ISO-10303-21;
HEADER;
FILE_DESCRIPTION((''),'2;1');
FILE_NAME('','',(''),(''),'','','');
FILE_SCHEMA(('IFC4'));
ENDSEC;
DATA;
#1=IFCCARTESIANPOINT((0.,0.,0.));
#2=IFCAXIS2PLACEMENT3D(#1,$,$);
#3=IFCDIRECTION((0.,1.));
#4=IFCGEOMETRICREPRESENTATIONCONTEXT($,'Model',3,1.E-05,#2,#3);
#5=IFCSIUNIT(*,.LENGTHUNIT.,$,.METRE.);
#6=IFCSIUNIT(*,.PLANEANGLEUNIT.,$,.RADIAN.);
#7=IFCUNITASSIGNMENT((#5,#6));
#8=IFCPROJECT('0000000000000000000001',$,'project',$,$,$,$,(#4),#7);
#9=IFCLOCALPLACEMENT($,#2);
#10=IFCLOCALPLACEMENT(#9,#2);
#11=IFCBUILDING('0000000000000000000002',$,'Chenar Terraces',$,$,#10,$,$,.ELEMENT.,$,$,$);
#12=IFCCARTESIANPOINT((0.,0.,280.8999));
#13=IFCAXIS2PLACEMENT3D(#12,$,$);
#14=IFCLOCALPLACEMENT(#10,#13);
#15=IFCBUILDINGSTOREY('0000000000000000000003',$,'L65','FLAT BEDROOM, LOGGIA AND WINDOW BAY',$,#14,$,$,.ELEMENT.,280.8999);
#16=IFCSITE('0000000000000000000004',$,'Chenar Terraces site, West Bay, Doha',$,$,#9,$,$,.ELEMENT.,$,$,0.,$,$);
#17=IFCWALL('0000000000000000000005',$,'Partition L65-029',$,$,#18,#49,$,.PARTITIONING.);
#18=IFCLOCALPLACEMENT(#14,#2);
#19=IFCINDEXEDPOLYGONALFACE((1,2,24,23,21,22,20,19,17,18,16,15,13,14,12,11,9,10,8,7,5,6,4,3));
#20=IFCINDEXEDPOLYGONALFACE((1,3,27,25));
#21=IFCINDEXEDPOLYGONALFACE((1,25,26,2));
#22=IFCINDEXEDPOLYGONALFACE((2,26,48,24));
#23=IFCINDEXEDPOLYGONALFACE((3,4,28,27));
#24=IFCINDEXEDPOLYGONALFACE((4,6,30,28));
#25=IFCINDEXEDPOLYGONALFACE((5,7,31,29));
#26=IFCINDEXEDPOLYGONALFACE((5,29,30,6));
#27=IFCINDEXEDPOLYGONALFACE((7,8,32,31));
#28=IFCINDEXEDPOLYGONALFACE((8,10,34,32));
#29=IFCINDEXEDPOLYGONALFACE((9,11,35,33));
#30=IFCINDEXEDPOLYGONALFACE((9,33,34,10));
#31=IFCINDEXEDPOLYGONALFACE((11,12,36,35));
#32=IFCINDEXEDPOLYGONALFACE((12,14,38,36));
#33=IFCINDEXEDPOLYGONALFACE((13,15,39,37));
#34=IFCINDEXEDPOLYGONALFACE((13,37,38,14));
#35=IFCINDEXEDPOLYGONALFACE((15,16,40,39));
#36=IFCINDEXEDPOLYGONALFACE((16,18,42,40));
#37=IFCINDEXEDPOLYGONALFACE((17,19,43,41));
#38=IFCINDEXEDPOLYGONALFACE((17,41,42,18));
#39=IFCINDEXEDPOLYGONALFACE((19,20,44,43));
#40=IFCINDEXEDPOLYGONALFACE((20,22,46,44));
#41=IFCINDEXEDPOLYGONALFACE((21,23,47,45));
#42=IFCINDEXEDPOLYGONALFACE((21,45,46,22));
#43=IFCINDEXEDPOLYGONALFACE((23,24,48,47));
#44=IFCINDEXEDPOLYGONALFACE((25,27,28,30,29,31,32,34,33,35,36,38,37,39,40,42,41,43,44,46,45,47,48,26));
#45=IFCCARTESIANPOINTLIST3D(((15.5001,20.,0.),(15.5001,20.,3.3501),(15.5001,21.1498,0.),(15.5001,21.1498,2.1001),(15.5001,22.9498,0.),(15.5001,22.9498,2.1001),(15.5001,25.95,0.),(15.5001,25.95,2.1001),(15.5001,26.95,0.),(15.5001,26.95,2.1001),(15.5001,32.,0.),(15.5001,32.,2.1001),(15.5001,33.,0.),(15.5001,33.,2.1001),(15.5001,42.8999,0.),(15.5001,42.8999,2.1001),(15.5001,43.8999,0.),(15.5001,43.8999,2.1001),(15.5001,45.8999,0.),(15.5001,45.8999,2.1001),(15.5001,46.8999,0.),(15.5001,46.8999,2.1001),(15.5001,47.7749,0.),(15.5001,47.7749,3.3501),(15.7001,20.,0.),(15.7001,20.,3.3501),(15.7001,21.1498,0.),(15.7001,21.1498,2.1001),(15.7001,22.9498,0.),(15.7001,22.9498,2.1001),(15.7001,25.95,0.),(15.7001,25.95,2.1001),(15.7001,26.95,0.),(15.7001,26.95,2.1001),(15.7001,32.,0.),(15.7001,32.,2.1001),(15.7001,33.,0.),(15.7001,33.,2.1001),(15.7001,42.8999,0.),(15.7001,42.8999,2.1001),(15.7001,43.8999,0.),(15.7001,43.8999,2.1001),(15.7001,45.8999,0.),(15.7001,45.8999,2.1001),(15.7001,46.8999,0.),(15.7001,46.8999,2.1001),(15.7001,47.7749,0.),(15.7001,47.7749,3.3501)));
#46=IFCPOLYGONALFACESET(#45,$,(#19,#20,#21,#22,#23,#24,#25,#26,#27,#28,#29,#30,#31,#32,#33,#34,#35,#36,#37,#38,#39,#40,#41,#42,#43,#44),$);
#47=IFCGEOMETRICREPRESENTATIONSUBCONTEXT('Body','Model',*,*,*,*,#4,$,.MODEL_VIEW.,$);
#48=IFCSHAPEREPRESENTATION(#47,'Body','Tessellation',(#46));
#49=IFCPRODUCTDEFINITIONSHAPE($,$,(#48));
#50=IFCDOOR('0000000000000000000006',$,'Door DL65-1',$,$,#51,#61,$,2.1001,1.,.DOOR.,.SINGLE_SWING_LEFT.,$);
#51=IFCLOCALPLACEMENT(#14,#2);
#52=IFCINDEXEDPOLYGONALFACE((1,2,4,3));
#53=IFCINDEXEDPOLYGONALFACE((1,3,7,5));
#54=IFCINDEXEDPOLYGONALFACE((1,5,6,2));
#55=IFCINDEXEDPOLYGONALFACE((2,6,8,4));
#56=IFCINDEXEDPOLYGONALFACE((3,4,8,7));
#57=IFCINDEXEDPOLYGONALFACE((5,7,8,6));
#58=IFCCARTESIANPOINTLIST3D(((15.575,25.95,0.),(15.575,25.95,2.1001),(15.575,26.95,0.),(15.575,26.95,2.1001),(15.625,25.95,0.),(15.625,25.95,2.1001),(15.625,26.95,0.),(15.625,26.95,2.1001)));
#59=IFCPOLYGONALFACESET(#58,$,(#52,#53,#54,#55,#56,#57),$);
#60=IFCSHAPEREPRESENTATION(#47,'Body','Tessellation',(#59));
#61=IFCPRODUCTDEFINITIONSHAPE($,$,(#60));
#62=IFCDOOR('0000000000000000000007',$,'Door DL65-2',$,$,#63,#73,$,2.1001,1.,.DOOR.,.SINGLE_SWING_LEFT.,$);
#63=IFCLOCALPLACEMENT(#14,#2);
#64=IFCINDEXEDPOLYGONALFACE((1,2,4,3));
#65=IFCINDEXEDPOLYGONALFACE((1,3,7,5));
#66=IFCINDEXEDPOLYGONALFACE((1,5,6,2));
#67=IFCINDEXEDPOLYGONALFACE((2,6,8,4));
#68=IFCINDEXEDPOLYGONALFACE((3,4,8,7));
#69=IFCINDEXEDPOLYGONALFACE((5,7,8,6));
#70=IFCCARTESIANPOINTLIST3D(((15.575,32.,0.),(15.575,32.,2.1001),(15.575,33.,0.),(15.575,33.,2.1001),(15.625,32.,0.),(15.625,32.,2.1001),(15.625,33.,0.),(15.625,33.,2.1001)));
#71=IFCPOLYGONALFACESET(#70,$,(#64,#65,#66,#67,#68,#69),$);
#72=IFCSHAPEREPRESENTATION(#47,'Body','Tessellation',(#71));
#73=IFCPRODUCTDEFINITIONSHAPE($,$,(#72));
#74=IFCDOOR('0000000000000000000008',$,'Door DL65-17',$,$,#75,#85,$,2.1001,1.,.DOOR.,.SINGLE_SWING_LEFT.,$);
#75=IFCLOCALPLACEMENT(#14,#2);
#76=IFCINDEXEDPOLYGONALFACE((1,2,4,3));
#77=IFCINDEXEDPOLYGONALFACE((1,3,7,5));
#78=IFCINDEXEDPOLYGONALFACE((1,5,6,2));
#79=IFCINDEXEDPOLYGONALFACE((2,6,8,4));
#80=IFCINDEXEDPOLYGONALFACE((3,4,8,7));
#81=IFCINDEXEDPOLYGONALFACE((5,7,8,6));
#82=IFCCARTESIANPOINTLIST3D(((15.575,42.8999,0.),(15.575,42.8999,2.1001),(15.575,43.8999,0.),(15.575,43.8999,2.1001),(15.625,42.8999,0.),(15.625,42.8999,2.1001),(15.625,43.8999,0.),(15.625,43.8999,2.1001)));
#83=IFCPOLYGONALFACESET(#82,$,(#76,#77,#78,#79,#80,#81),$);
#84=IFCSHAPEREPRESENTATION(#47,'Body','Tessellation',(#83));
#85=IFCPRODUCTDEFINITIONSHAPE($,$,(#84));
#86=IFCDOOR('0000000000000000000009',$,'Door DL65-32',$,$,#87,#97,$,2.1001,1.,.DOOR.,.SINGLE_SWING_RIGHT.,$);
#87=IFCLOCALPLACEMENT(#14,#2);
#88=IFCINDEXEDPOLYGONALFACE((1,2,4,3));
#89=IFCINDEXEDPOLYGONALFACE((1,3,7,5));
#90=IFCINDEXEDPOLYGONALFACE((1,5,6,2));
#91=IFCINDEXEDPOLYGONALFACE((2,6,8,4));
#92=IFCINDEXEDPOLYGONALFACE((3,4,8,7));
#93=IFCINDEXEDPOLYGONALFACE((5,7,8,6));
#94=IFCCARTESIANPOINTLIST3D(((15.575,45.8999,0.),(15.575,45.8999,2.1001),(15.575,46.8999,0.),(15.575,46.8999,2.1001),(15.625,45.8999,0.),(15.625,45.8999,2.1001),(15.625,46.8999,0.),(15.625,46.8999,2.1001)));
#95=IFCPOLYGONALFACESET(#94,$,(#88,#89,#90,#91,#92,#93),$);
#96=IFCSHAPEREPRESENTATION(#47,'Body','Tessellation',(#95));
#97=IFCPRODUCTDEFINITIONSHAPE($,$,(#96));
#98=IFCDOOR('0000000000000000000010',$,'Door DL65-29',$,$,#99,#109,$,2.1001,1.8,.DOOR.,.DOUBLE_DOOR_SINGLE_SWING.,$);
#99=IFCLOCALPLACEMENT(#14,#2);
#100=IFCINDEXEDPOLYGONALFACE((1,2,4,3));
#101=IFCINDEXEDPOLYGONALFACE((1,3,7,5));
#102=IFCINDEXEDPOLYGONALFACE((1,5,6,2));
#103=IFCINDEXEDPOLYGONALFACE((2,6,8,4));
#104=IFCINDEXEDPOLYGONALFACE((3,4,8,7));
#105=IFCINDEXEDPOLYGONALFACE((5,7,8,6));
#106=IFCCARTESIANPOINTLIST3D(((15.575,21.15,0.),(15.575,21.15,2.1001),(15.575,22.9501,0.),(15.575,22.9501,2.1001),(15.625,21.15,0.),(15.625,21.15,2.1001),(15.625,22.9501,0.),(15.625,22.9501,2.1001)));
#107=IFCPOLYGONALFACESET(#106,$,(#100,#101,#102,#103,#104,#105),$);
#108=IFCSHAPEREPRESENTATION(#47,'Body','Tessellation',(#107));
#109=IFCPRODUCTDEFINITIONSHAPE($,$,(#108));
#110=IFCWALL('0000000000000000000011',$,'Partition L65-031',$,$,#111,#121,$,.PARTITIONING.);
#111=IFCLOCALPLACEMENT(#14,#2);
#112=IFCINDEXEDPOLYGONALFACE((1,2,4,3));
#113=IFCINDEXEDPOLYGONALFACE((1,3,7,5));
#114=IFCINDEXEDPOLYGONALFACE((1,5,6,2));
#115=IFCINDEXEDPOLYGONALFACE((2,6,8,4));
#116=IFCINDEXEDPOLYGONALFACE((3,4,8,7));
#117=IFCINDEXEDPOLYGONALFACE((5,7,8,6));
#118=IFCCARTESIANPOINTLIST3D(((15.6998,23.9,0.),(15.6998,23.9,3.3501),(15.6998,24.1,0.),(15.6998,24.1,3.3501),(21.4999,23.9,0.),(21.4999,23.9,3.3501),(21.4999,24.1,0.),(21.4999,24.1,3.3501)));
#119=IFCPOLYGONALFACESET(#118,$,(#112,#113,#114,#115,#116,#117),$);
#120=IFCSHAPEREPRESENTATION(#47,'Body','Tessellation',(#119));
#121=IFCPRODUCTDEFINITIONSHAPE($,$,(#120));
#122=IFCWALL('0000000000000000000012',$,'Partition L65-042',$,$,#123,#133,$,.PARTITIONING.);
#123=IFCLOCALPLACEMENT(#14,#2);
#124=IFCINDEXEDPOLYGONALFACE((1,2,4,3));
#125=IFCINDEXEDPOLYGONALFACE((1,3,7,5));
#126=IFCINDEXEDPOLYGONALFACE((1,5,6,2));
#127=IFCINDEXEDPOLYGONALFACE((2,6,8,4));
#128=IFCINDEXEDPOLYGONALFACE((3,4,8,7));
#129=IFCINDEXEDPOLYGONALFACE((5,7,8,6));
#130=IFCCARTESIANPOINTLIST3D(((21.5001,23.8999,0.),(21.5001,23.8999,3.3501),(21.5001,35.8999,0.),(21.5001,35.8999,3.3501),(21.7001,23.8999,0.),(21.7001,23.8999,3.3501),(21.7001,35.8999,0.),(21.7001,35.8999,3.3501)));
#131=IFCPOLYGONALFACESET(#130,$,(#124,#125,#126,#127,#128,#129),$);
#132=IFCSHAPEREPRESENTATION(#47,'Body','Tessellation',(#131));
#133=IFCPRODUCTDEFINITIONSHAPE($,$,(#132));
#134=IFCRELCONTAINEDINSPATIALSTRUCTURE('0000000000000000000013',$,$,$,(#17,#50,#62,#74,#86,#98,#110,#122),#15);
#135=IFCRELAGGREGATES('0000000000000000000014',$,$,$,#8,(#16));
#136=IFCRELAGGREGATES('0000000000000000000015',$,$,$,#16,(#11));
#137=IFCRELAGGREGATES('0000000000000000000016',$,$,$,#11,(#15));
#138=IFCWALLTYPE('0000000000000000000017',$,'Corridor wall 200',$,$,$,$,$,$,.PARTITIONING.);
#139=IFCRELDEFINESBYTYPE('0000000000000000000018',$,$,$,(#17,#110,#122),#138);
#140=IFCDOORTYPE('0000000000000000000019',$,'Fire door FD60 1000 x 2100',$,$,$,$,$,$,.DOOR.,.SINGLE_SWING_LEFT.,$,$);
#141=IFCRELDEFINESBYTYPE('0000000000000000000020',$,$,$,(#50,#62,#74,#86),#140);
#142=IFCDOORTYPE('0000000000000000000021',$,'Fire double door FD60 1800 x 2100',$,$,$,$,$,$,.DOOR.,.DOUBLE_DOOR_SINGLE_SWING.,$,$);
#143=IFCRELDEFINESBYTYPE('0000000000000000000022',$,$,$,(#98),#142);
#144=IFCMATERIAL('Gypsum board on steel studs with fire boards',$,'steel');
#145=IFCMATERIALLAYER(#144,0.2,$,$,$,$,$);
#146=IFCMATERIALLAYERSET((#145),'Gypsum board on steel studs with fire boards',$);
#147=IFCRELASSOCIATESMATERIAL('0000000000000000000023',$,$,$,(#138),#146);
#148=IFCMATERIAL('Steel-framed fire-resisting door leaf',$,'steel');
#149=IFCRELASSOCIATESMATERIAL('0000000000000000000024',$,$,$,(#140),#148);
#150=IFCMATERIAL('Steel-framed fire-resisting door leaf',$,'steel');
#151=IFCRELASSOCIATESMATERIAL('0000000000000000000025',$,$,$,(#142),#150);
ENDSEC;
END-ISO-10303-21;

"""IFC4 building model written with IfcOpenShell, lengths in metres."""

from ifc_helpers import new_model, si_unit, direction, frame, frame_2d, origin, place, context, subcontext, project, spatial, rectangle, extrude, material, layer, layer_set, type_object, element, fill, save


model = new_model("IFC4")

# Units and contexts
model_context = context("Model", 3, precision=1e-05, world=origin(), true_north=direction((0.0, 1.0)))
body_context = subcontext(model_context, "Body", "Model", "MODEL_VIEW")
ifc_project = project(units=[si_unit("LENGTHUNIT", "METRE"), si_unit("PLANEANGLEUNIT", "RADIAN")], contexts=[model_context])

# Site, building, storey
site_placement = place(None, origin())
site = spatial("IfcSite", under=ifc_project, at=site_placement, Name="Chenar Terraces site, West Bay, Doha", CompositionType="ELEMENT", RefElevation=0.0)
building_placement = place(site_placement, origin())
building = spatial("IfcBuilding", under=site, at=building_placement, Name="Chenar Terraces", CompositionType="ELEMENT")
storey_placement = place(building_placement, frame((0.0, 0.0, 280.8999)))
storey = spatial("IfcBuildingStorey", under=building, at=storey_placement, Name="L65", Description="FLAT BEDROOM, LOGGIA AND WINDOW BAY", CompositionType="ELEMENT", Elevation=280.8999)

# Wall, openings, doors
ifc_material_1 = material(Name="Gypsum board on steel studs with fire boards", Category="steel")
ifc_layer_1 = layer(ifc_material_1, 0.2)
ifc_layer_set_1 = layer_set([ifc_layer_1], Name="Gypsum board on steel studs with fire boards")
wall_type_1 = type_object("IfcWallType", Name="Corridor wall 200", PredefinedType="PARTITIONING", material=ifc_layer_set_1)
wall_1_placement = place(storey_placement, frame((15.6001, 20.0, 0.0), z_axis=(0.0, 0.0, 1.0), x_axis=(0.0, 1.0, 0.0)))
wall_1 = element("IfcWall", 1, at=wall_1_placement, inside=storey, type_object=wall_type_1, Name="Partition L65-029", PredefinedType="PARTITIONING", context=body_context, shape_type="SweptSolid", body=[
    extrude(rectangle(XDim=27.7749, YDim=0.2, at=frame_2d((13.8875, 0.0))), origin(), (0.0, 0.0, 1.0), 3.3501),
])
opening_1_placement = place(wall_1_placement, frame((5.95, 0.0, 0.0)))
opening_1 = element("IfcOpeningElement", 2, at=opening_1_placement, cuts=wall_1, PredefinedType="OPENING", context=body_context, shape_type="SweptSolid", body=[
    extrude(rectangle(XDim=1.0, YDim=2.1001, at=frame_2d((0.5, 1.05))), frame((0.0, 0.1099, 0.0), z_axis=(0.0, -1.0, 0.0), x_axis=(1.0, 0.0, 0.0)), (0.0, 0.0, 1.0), 0.22),
])
opening_2_placement = place(wall_1_placement, frame((12.0, 0.0, 0.0)))
opening_2 = element("IfcOpeningElement", 3, at=opening_2_placement, cuts=wall_1, PredefinedType="OPENING", context=body_context, shape_type="SweptSolid", body=[
    extrude(rectangle(XDim=1.0, YDim=2.1001, at=frame_2d((0.5, 1.05))), frame((0.0, 0.1099, 0.0), z_axis=(0.0, -1.0, 0.0), x_axis=(1.0, 0.0, 0.0)), (0.0, 0.0, 1.0), 0.22),
])
opening_3_placement = place(wall_1_placement, frame((22.8999, 0.0, 0.0)))
opening_3 = element("IfcOpeningElement", 4, at=opening_3_placement, cuts=wall_1, PredefinedType="OPENING", context=body_context, shape_type="SweptSolid", body=[
    extrude(rectangle(XDim=1.0, YDim=2.1001, at=frame_2d((0.5, 1.05))), frame((0.0, 0.1099, 0.0), z_axis=(0.0, -1.0, 0.0), x_axis=(1.0, 0.0, 0.0)), (0.0, 0.0, 1.0), 0.22),
])
opening_4_placement = place(wall_1_placement, frame((1.1499, 0.0, 0.0)))
opening_4 = element("IfcOpeningElement", 5, at=opening_4_placement, cuts=wall_1, PredefinedType="OPENING", context=body_context, shape_type="SweptSolid", body=[
    extrude(rectangle(XDim=1.8, YDim=2.1001, at=frame_2d((0.8999, 1.05))), frame((0.0, 0.1099, 0.0), z_axis=(0.0, -1.0, 0.0), x_axis=(1.0, 0.0, 0.0)), (0.0, 0.0, 1.0), 0.22),
])
opening_5_placement = place(wall_1_placement, frame((25.8999, 0.0, 0.0)))
opening_5 = element("IfcOpeningElement", 6, at=opening_5_placement, cuts=wall_1, PredefinedType="OPENING", context=body_context, shape_type="SweptSolid", body=[
    extrude(rectangle(XDim=1.0, YDim=2.1001, at=frame_2d((0.5, 1.05))), frame((0.0, 0.1099, 0.0), z_axis=(0.0, -1.0, 0.0), x_axis=(1.0, 0.0, 0.0)), (0.0, 0.0, 1.0), 0.22),
])
ifc_material_2 = material(Name="Steel-framed fire-resisting door leaf", Category="steel")
door_type_1 = type_object("IfcDoorType", Name="Fire door FD60 1000 x 2100", OperationType="SINGLE_SWING_LEFT", PredefinedType="DOOR", material=ifc_material_2)
door_1_placement = place(opening_1_placement, frame((1.0, 0.0, 0.0), z_axis=(0.0, 0.0, 1.0), x_axis=(-1.0, 0.0, 0.0)))
door_1 = element("IfcDoor", 7, at=door_1_placement, inside=storey, type_object=door_type_1, Name="Door DL65-1", OperationType="SINGLE_SWING_LEFT", OverallHeight=2.1001, OverallWidth=1.0, PredefinedType="DOOR", context=body_context, shape_type="SweptSolid", body=[
    extrude(rectangle(XDim=1.0, YDim=2.1001, at=frame_2d((0.5, 1.05))), frame((0.0, 0.0249, 0.0), z_axis=(0.0, -1.0, 0.0), x_axis=(1.0, 0.0, 0.0)), (0.0, 0.0, 1.0), 0.05),
])
fill(opening_1, door_1)
door_2_placement = place(opening_2_placement, frame((1.0, 0.0, 0.0), z_axis=(0.0, 0.0, 1.0), x_axis=(-1.0, 0.0, 0.0)))
door_2 = element("IfcDoor", 8, at=door_2_placement, inside=storey, type_object=door_type_1, Name="Door DL65-2", OperationType="SINGLE_SWING_LEFT", OverallHeight=2.1001, OverallWidth=1.0, PredefinedType="DOOR", context=body_context, shape_type="SweptSolid", body=[
    extrude(rectangle(XDim=1.0, YDim=2.1001, at=frame_2d((0.5, 1.05))), frame((0.0, 0.0249, 0.0), z_axis=(0.0, -1.0, 0.0), x_axis=(1.0, 0.0, 0.0)), (0.0, 0.0, 1.0), 0.05),
])
fill(opening_2, door_2)
door_3_placement = place(opening_3_placement, frame((1.0, 0.0, 0.0), z_axis=(0.0, 0.0, 1.0), x_axis=(-1.0, 0.0, 0.0)))
door_3 = element("IfcDoor", 9, at=door_3_placement, inside=storey, type_object=door_type_1, Name="Door DL65-17", OperationType="SINGLE_SWING_LEFT", OverallHeight=2.1001, OverallWidth=1.0, PredefinedType="DOOR", context=body_context, shape_type="SweptSolid", body=[
    extrude(rectangle(XDim=1.0, YDim=2.1001, at=frame_2d((0.5, 1.05))), frame((0.0, 0.0249, 0.0), z_axis=(0.0, -1.0, 0.0), x_axis=(1.0, 0.0, 0.0)), (0.0, 0.0, 1.0), 0.05),
])
fill(opening_3, door_3)
door_4_placement = place(opening_5_placement, frame((1.0, 0.0, 0.0), z_axis=(0.0, 0.0, 1.0), x_axis=(-1.0, 0.0, 0.0)))
door_4 = element("IfcDoor", 10, at=door_4_placement, inside=storey, type_object=door_type_1, Name="Door DL65-32", OperationType="SINGLE_SWING_RIGHT", OverallHeight=2.1001, OverallWidth=1.0, PredefinedType="DOOR", context=body_context, shape_type="SweptSolid", body=[
    extrude(rectangle(XDim=1.0, YDim=2.1001, at=frame_2d((0.5, 1.05))), frame((0.0, 0.0249, 0.0), z_axis=(0.0, -1.0, 0.0), x_axis=(1.0, 0.0, 0.0)), (0.0, 0.0, 1.0), 0.05),
])
fill(opening_5, door_4)
ifc_material_3 = material(Name="Steel-framed fire-resisting door leaf", Category="steel")
door_type_2 = type_object("IfcDoorType", Name="Fire double door FD60 1800 x 2100", OperationType="DOUBLE_DOOR_SINGLE_SWING", PredefinedType="DOOR", material=ifc_material_3)
door_5_placement = place(opening_4_placement, frame((1.8, 0.0, 0.0), z_axis=(0.0, 0.0, 1.0), x_axis=(-1.0, 0.0, 0.0)))
door_5 = element("IfcDoor", 11, at=door_5_placement, inside=storey, type_object=door_type_2, Name="Door DL65-29", OperationType="DOUBLE_DOOR_SINGLE_SWING", OverallHeight=2.1001, OverallWidth=1.8, PredefinedType="DOOR", context=body_context, shape_type="SweptSolid", body=[
    extrude(rectangle(XDim=1.8, YDim=2.1001, at=frame_2d((0.8999, 1.05))), frame((0.0, 0.0249, 0.0), z_axis=(0.0, -1.0, 0.0), x_axis=(1.0, 0.0, 0.0)), (0.0, 0.0, 1.0), 0.05),
])
fill(opening_4, door_5)

# Walls
wall_2_placement = place(storey_placement, frame((15.7, 24.0, 0.0), z_axis=(0.0, 0.0, 1.0), x_axis=(1.0, 0.0, 0.0)))
element("IfcWall", 12, at=wall_2_placement, inside=storey, type_object=wall_type_1, Name="Partition L65-031", PredefinedType="PARTITIONING", context=body_context, shape_type="SweptSolid", body=[
    extrude(rectangle(XDim=5.8, YDim=0.2, at=frame_2d((2.8999, 0.0))), origin(), (0.0, 0.0, 1.0), 3.3501),
])
wall_3_placement = place(storey_placement, frame((21.6001, 23.8999, 0.0), z_axis=(0.0, 0.0, 1.0), x_axis=(0.0, 1.0, 0.0)))
element("IfcWall", 13, at=wall_3_placement, inside=storey, type_object=wall_type_1, Name="Partition L65-042", PredefinedType="PARTITIONING", context=body_context, shape_type="SweptSolid", body=[
    extrude(rectangle(XDim=12.0, YDim=0.2, at=frame_2d((6.0, 0.0))), origin(), (0.0, 0.0, 1.0), 3.3501),
])

save(model, "model.ifc")
